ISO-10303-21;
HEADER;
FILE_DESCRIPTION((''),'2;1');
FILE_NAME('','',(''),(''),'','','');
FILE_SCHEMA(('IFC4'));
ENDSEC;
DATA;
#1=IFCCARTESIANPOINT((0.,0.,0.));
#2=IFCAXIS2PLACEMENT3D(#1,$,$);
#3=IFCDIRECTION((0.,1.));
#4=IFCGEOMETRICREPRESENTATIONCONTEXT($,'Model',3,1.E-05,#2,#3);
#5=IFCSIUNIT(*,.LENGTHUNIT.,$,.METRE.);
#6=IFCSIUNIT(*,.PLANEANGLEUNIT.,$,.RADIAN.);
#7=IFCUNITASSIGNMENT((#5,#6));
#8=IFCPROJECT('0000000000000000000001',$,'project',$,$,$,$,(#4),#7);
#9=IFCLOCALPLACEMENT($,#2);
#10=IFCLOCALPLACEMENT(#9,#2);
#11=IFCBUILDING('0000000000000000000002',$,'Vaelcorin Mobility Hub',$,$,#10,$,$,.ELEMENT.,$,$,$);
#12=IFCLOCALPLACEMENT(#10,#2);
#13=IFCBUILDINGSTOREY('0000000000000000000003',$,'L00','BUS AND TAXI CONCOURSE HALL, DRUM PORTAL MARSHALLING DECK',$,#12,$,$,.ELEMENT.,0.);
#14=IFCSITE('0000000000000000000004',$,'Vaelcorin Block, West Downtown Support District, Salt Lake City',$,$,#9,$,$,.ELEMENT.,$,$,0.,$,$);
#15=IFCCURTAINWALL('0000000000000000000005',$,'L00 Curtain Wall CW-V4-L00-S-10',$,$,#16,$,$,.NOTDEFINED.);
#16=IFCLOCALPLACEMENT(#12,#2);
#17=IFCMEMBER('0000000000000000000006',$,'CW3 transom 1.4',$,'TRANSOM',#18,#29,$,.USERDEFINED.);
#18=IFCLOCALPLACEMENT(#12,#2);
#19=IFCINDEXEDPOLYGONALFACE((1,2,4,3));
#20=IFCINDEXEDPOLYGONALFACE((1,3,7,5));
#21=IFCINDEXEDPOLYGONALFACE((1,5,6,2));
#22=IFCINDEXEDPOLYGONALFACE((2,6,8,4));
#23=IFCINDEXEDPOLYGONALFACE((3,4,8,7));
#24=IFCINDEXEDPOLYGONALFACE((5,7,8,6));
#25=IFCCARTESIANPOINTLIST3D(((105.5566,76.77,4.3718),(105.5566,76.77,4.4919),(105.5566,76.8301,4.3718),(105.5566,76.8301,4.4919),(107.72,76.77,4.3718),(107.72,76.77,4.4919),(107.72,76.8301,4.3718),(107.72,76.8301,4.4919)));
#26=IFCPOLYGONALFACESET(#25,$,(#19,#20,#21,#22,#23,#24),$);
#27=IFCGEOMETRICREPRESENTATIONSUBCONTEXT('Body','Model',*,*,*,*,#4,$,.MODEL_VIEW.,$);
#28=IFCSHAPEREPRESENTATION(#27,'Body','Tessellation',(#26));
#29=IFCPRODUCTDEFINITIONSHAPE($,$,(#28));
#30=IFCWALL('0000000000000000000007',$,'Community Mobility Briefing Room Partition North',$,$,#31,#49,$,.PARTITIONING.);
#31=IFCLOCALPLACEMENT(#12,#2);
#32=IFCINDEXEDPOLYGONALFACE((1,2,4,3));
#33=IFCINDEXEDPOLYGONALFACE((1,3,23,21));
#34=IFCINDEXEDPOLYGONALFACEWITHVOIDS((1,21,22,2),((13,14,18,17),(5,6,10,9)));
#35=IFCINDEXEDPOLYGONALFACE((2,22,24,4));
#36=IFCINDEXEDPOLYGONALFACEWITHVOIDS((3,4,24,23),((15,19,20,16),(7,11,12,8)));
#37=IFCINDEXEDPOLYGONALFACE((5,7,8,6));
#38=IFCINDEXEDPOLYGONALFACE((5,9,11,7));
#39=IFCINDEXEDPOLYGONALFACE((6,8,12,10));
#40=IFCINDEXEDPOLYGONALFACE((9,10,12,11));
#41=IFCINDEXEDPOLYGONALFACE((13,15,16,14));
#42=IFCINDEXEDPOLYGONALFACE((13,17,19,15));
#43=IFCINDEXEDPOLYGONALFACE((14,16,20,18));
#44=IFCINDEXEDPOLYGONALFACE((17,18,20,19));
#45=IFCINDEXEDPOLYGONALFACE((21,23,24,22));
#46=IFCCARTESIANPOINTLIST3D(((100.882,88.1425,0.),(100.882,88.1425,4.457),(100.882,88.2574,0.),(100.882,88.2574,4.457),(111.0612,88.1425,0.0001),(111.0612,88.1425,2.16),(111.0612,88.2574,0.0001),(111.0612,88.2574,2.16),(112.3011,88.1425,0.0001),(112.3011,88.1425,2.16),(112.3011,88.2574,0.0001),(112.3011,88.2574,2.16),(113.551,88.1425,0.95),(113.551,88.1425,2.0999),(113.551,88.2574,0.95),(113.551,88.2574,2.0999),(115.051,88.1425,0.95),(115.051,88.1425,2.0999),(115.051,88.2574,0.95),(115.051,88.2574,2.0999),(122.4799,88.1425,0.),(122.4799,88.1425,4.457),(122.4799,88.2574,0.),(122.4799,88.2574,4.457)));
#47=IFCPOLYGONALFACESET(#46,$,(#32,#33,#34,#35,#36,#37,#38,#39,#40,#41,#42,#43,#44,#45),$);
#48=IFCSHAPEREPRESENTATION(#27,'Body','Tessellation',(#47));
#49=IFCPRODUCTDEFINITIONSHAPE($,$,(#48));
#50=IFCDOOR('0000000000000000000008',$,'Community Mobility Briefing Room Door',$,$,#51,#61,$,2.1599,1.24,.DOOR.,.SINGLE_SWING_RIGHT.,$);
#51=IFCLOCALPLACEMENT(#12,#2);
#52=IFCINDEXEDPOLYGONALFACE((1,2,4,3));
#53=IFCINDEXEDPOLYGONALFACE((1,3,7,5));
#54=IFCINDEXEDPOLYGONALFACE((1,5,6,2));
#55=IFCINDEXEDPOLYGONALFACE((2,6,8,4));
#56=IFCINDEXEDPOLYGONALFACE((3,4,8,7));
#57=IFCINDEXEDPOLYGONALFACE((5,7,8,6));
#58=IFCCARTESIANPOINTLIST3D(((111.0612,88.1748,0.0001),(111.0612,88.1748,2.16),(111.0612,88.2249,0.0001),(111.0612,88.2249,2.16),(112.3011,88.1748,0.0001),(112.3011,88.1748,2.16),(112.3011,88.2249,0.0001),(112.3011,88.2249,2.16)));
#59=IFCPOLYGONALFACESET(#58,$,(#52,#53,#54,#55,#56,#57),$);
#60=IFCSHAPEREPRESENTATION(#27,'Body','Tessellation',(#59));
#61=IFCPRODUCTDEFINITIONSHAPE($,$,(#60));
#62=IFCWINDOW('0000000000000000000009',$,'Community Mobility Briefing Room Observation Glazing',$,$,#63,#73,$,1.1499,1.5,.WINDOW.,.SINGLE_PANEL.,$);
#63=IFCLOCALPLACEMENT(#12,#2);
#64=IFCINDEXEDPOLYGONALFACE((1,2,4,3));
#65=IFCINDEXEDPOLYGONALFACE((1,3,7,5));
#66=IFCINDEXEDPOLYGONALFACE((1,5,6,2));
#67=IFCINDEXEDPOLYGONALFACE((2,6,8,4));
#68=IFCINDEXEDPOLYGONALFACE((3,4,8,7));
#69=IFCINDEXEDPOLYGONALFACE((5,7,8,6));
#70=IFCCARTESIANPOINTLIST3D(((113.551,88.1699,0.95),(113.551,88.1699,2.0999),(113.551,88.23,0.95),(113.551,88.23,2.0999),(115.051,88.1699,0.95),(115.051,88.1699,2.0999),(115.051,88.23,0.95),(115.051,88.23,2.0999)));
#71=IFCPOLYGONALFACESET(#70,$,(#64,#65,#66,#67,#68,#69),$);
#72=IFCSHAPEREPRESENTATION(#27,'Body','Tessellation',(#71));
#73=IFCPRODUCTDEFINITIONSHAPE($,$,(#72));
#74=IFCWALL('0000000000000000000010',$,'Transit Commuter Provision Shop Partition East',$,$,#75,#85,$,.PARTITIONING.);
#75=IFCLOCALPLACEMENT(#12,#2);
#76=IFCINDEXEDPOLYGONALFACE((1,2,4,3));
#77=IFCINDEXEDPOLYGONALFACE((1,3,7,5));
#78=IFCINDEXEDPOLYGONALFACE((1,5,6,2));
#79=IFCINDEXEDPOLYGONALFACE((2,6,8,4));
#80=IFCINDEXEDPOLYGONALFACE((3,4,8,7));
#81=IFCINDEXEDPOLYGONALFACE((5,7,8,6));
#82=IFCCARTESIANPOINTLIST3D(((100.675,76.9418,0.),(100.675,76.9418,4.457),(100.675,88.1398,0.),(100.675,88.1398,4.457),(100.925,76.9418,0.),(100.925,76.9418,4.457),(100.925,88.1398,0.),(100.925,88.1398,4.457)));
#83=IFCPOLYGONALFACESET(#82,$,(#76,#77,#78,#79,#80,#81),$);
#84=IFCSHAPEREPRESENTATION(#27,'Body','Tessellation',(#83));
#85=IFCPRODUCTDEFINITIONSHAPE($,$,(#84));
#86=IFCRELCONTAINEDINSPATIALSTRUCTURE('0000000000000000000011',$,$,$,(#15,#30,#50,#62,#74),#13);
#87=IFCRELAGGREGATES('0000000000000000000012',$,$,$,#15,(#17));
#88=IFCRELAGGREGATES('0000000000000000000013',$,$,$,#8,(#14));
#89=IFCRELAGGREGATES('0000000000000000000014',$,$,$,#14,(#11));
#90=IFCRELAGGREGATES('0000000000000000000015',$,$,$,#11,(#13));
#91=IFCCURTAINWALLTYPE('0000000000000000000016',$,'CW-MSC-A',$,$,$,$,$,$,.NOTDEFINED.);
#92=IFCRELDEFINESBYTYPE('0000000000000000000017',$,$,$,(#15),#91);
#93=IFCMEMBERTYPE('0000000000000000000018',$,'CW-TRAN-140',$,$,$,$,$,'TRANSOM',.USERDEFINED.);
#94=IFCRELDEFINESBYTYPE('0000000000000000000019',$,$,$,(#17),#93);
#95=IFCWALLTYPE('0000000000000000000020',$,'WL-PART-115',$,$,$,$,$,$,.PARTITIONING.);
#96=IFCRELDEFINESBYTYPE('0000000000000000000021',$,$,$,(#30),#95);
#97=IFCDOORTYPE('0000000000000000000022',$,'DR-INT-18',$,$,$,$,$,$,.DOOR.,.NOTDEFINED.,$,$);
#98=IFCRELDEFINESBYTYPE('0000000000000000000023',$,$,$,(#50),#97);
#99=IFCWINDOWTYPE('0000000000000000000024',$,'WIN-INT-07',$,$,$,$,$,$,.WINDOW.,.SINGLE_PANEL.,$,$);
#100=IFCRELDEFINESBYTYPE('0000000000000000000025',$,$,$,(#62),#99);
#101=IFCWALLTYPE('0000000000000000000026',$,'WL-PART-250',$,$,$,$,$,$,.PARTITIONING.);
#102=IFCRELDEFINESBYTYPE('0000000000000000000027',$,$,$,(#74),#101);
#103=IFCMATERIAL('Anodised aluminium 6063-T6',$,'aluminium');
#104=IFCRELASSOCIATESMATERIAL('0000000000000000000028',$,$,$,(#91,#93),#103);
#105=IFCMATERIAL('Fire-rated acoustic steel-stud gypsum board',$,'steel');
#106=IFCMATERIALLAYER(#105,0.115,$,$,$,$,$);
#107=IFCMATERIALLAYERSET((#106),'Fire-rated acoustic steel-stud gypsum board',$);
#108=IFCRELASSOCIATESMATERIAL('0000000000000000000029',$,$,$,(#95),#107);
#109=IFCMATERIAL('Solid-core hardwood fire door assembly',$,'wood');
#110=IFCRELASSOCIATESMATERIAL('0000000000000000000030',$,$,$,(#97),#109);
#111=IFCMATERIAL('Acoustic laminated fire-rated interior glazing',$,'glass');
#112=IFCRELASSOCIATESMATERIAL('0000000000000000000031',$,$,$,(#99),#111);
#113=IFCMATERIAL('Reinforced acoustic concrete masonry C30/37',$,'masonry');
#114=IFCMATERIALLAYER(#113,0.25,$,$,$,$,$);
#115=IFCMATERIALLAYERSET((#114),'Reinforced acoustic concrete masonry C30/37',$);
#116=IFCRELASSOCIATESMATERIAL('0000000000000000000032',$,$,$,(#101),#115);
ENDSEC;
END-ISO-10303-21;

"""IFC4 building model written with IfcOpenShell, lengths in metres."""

from ifc_helpers import new_model, si_unit, direction, frame, frame_2d, origin, origin_2d, place, context, subcontext, project, spatial, rectangle, extrude, material, layer, layer_set, material_profile, profile_set, type_object, element, fill, aggregate, save


model = new_model("IFC4")

# Units and contexts
model_context = context("Model", 3, precision=1e-05, world=origin(), true_north=direction((0.0, 1.0)))
body_context = subcontext(model_context, "Body", "Model", "MODEL_VIEW")
ifc_project = project(units=[si_unit("LENGTHUNIT", "METRE"), si_unit("PLANEANGLEUNIT", "RADIAN")], contexts=[model_context])

# Site, building, storey
site_placement = place(None, origin())
site = spatial("IfcSite", under=ifc_project, at=site_placement, Name="Vaelcorin Block, West Downtown Support District, Salt Lake City", CompositionType="ELEMENT", RefElevation=0.0)
building_placement = place(site_placement, origin())
building = spatial("IfcBuilding", under=site, at=building_placement, Name="Vaelcorin Mobility Hub", CompositionType="ELEMENT")
storey_placement = place(building_placement, origin())
storey = spatial("IfcBuildingStorey", under=building, at=storey_placement, Name="L00", Description="BUS AND TAXI CONCOURSE HALL, DRUM PORTAL MARSHALLING DECK", CompositionType="ELEMENT", Elevation=0.0)

# Curtain wall, member
ifc_material_1 = material(Name="Anodised aluminium 6063-T6", Category="aluminium")
curtain_wall_type = type_object("IfcCurtainWallType", Name="CW-MSC-A", PredefinedType="NOTDEFINED", material=ifc_material_1)
curtain_wall_placement = place(storey_placement, origin())
curtain_wall = element("IfcCurtainWall", 1, at=curtain_wall_placement, inside=storey, type_object=curtain_wall_type, Name="L00 Curtain Wall CW-V4-L00-S-10", PredefinedType="NOTDEFINED")
ifc_material_profile_1 = material_profile(ifc_material_1, rectangle(XDim=0.0601, YDim=0.1201, at=origin_2d()), Name="ALU-T60X120")
ifc_profile_set_1 = profile_set([ifc_material_profile_1], Name="Anodised aluminium 6063-T6")
member_type_1 = type_object("IfcMemberType", Name="CW-TRAN-140", ElementType="TRANSOM", PredefinedType="USERDEFINED", material=ifc_profile_set_1)
member_1_placement = place(storey_placement, frame((107.72, 76.8, 4.4319), z_axis=(-1.0, 0.0, 0.0), x_axis=(0.0, -1.0, 0.0)))
member_1 = element("IfcMember", 2, at=member_1_placement, type_object=member_type_1, Name="CW3 transom 1.4", ObjectType="TRANSOM", PredefinedType="USERDEFINED", context=body_context, shape_type="SweptSolid", body=[
    extrude(rectangle(XDim=0.0601, YDim=0.1201, at=origin_2d()), origin(), (0.0, 0.0, 1.0), 2.1633),
])
aggregate(curtain_wall, [member_1])

# Wall, openings, door, window
ifc_material_2 = material(Name="Fire-rated acoustic steel-stud gypsum board", Category="steel")
ifc_layer_1 = layer(ifc_material_2, 0.115)
ifc_layer_set_1 = layer_set([ifc_layer_1], Name="Fire-rated acoustic steel-stud gypsum board")
wall_type_1 = type_object("IfcWallType", Name="WL-PART-115", PredefinedType="PARTITIONING", material=ifc_layer_set_1)
wall_1_placement = place(storey_placement, frame((100.8821, 88.2, 0.0), z_axis=(0.0, 0.0, 1.0), x_axis=(1.0, 0.0, 0.0)))
wall_1 = element("IfcWall", 3, at=wall_1_placement, inside=storey, type_object=wall_type_1, Name="Community Mobility Briefing Room Partition North", PredefinedType="PARTITIONING", context=body_context, shape_type="SweptSolid", body=[
    extrude(rectangle(XDim=21.5979, YDim=0.115, at=frame_2d((10.7988, 0.0))), origin(), (0.0, 0.0, 1.0), 4.457),
])
opening_1_placement = place(wall_1_placement, frame((10.179, 0.0, 0.0)))
opening_1 = element("IfcOpeningElement", 4, at=opening_1_placement, cuts=wall_1, PredefinedType="OPENING", context=body_context, shape_type="SweptSolid", body=[
    extrude(rectangle(XDim=1.24, YDim=2.1599, at=frame_2d((0.6201, 1.0801))), frame((0.0, 0.0674, 0.0), z_axis=(0.0, -1.0, 0.0), x_axis=(1.0, 0.0, 0.0)), (0.0, 0.0, 1.0), 0.135),
])
opening_2_placement = place(wall_1_placement, frame((12.6689, 0.0, 0.95)))
opening_2 = element("IfcOpeningElement", 5, at=opening_2_placement, cuts=wall_1, PredefinedType="OPENING", context=body_context, shape_type="SweptSolid", body=[
    extrude(rectangle(XDim=1.5, YDim=1.1499, at=frame_2d((0.75, 0.575))), frame((0.0, 0.0674, 0.0), z_axis=(0.0, -1.0, 0.0), x_axis=(1.0, 0.0, 0.0)), (0.0, 0.0, 1.0), 0.135),
])
ifc_material_3 = material(Name="Solid-core hardwood fire door assembly", Category="wood")
door_type = type_object("IfcDoorType", Name="DR-INT-18", OperationType="NOTDEFINED", PredefinedType="DOOR", material=ifc_material_3)
door_placement = place(opening_1_placement, origin())
door = element("IfcDoor", 6, at=door_placement, inside=storey, type_object=door_type, Name="Community Mobility Briefing Room Door", OperationType="SINGLE_SWING_RIGHT", OverallHeight=2.1599, OverallWidth=1.24, PredefinedType="DOOR", context=body_context, shape_type="SweptSolid", body=[
    extrude(rectangle(XDim=1.24, YDim=2.1599, at=frame_2d((0.6201, 1.0801))), frame((0.0, 0.0249, 0.0), z_axis=(0.0, -1.0, 0.0), x_axis=(1.0, 0.0, 0.0)), (0.0, 0.0, 1.0), 0.05),
])
fill(opening_1, door)
ifc_material_4 = material(Name="Acoustic laminated fire-rated interior glazing", Category="glass")
window_type = type_object("IfcWindowType", Name="WIN-INT-07", PartitioningType="SINGLE_PANEL", PredefinedType="WINDOW", material=ifc_material_4)
window_placement = place(opening_2_placement, origin())
window = element("IfcWindow", 7, at=window_placement, inside=storey, type_object=window_type, Name="Community Mobility Briefing Room Observation Glazing", OverallHeight=1.1499, OverallWidth=1.5, PartitioningType="SINGLE_PANEL", PredefinedType="WINDOW", context=body_context, shape_type="SweptSolid", body=[
    extrude(rectangle(XDim=1.5, YDim=1.1499, at=frame_2d((0.75, 0.575))), frame((0.0, 0.03, 0.0), z_axis=(0.0, -1.0, 0.0), x_axis=(1.0, 0.0, 0.0)), (0.0, 0.0, 1.0), 0.0601),
])
fill(opening_2, window)

# Wall
ifc_material_5 = material(Name="Reinforced acoustic concrete masonry C30/37", Category="masonry")
ifc_layer_2 = layer(ifc_material_5, 0.25)
ifc_layer_set_2 = layer_set([ifc_layer_2], Name="Reinforced acoustic concrete masonry C30/37")
wall_type_2 = type_object("IfcWallType", Name="WL-PART-250", PredefinedType="PARTITIONING", material=ifc_layer_set_2)
wall_2_placement = place(storey_placement, frame((100.8, 88.1399, 0.0), z_axis=(0.0, 0.0, 1.0), x_axis=(0.0, -1.0, 0.0)))
element("IfcWall", 8, at=wall_2_placement, inside=storey, type_object=wall_type_2, Name="Transit Commuter Provision Shop Partition East", PredefinedType="PARTITIONING", context=body_context, shape_type="SweptSolid", body=[
    extrude(rectangle(XDim=11.198, YDim=0.25, at=frame_2d((5.5991, 0.0))), origin(), (0.0, 0.0, 1.0), 4.457),
])

save(model, "model.ifc")
